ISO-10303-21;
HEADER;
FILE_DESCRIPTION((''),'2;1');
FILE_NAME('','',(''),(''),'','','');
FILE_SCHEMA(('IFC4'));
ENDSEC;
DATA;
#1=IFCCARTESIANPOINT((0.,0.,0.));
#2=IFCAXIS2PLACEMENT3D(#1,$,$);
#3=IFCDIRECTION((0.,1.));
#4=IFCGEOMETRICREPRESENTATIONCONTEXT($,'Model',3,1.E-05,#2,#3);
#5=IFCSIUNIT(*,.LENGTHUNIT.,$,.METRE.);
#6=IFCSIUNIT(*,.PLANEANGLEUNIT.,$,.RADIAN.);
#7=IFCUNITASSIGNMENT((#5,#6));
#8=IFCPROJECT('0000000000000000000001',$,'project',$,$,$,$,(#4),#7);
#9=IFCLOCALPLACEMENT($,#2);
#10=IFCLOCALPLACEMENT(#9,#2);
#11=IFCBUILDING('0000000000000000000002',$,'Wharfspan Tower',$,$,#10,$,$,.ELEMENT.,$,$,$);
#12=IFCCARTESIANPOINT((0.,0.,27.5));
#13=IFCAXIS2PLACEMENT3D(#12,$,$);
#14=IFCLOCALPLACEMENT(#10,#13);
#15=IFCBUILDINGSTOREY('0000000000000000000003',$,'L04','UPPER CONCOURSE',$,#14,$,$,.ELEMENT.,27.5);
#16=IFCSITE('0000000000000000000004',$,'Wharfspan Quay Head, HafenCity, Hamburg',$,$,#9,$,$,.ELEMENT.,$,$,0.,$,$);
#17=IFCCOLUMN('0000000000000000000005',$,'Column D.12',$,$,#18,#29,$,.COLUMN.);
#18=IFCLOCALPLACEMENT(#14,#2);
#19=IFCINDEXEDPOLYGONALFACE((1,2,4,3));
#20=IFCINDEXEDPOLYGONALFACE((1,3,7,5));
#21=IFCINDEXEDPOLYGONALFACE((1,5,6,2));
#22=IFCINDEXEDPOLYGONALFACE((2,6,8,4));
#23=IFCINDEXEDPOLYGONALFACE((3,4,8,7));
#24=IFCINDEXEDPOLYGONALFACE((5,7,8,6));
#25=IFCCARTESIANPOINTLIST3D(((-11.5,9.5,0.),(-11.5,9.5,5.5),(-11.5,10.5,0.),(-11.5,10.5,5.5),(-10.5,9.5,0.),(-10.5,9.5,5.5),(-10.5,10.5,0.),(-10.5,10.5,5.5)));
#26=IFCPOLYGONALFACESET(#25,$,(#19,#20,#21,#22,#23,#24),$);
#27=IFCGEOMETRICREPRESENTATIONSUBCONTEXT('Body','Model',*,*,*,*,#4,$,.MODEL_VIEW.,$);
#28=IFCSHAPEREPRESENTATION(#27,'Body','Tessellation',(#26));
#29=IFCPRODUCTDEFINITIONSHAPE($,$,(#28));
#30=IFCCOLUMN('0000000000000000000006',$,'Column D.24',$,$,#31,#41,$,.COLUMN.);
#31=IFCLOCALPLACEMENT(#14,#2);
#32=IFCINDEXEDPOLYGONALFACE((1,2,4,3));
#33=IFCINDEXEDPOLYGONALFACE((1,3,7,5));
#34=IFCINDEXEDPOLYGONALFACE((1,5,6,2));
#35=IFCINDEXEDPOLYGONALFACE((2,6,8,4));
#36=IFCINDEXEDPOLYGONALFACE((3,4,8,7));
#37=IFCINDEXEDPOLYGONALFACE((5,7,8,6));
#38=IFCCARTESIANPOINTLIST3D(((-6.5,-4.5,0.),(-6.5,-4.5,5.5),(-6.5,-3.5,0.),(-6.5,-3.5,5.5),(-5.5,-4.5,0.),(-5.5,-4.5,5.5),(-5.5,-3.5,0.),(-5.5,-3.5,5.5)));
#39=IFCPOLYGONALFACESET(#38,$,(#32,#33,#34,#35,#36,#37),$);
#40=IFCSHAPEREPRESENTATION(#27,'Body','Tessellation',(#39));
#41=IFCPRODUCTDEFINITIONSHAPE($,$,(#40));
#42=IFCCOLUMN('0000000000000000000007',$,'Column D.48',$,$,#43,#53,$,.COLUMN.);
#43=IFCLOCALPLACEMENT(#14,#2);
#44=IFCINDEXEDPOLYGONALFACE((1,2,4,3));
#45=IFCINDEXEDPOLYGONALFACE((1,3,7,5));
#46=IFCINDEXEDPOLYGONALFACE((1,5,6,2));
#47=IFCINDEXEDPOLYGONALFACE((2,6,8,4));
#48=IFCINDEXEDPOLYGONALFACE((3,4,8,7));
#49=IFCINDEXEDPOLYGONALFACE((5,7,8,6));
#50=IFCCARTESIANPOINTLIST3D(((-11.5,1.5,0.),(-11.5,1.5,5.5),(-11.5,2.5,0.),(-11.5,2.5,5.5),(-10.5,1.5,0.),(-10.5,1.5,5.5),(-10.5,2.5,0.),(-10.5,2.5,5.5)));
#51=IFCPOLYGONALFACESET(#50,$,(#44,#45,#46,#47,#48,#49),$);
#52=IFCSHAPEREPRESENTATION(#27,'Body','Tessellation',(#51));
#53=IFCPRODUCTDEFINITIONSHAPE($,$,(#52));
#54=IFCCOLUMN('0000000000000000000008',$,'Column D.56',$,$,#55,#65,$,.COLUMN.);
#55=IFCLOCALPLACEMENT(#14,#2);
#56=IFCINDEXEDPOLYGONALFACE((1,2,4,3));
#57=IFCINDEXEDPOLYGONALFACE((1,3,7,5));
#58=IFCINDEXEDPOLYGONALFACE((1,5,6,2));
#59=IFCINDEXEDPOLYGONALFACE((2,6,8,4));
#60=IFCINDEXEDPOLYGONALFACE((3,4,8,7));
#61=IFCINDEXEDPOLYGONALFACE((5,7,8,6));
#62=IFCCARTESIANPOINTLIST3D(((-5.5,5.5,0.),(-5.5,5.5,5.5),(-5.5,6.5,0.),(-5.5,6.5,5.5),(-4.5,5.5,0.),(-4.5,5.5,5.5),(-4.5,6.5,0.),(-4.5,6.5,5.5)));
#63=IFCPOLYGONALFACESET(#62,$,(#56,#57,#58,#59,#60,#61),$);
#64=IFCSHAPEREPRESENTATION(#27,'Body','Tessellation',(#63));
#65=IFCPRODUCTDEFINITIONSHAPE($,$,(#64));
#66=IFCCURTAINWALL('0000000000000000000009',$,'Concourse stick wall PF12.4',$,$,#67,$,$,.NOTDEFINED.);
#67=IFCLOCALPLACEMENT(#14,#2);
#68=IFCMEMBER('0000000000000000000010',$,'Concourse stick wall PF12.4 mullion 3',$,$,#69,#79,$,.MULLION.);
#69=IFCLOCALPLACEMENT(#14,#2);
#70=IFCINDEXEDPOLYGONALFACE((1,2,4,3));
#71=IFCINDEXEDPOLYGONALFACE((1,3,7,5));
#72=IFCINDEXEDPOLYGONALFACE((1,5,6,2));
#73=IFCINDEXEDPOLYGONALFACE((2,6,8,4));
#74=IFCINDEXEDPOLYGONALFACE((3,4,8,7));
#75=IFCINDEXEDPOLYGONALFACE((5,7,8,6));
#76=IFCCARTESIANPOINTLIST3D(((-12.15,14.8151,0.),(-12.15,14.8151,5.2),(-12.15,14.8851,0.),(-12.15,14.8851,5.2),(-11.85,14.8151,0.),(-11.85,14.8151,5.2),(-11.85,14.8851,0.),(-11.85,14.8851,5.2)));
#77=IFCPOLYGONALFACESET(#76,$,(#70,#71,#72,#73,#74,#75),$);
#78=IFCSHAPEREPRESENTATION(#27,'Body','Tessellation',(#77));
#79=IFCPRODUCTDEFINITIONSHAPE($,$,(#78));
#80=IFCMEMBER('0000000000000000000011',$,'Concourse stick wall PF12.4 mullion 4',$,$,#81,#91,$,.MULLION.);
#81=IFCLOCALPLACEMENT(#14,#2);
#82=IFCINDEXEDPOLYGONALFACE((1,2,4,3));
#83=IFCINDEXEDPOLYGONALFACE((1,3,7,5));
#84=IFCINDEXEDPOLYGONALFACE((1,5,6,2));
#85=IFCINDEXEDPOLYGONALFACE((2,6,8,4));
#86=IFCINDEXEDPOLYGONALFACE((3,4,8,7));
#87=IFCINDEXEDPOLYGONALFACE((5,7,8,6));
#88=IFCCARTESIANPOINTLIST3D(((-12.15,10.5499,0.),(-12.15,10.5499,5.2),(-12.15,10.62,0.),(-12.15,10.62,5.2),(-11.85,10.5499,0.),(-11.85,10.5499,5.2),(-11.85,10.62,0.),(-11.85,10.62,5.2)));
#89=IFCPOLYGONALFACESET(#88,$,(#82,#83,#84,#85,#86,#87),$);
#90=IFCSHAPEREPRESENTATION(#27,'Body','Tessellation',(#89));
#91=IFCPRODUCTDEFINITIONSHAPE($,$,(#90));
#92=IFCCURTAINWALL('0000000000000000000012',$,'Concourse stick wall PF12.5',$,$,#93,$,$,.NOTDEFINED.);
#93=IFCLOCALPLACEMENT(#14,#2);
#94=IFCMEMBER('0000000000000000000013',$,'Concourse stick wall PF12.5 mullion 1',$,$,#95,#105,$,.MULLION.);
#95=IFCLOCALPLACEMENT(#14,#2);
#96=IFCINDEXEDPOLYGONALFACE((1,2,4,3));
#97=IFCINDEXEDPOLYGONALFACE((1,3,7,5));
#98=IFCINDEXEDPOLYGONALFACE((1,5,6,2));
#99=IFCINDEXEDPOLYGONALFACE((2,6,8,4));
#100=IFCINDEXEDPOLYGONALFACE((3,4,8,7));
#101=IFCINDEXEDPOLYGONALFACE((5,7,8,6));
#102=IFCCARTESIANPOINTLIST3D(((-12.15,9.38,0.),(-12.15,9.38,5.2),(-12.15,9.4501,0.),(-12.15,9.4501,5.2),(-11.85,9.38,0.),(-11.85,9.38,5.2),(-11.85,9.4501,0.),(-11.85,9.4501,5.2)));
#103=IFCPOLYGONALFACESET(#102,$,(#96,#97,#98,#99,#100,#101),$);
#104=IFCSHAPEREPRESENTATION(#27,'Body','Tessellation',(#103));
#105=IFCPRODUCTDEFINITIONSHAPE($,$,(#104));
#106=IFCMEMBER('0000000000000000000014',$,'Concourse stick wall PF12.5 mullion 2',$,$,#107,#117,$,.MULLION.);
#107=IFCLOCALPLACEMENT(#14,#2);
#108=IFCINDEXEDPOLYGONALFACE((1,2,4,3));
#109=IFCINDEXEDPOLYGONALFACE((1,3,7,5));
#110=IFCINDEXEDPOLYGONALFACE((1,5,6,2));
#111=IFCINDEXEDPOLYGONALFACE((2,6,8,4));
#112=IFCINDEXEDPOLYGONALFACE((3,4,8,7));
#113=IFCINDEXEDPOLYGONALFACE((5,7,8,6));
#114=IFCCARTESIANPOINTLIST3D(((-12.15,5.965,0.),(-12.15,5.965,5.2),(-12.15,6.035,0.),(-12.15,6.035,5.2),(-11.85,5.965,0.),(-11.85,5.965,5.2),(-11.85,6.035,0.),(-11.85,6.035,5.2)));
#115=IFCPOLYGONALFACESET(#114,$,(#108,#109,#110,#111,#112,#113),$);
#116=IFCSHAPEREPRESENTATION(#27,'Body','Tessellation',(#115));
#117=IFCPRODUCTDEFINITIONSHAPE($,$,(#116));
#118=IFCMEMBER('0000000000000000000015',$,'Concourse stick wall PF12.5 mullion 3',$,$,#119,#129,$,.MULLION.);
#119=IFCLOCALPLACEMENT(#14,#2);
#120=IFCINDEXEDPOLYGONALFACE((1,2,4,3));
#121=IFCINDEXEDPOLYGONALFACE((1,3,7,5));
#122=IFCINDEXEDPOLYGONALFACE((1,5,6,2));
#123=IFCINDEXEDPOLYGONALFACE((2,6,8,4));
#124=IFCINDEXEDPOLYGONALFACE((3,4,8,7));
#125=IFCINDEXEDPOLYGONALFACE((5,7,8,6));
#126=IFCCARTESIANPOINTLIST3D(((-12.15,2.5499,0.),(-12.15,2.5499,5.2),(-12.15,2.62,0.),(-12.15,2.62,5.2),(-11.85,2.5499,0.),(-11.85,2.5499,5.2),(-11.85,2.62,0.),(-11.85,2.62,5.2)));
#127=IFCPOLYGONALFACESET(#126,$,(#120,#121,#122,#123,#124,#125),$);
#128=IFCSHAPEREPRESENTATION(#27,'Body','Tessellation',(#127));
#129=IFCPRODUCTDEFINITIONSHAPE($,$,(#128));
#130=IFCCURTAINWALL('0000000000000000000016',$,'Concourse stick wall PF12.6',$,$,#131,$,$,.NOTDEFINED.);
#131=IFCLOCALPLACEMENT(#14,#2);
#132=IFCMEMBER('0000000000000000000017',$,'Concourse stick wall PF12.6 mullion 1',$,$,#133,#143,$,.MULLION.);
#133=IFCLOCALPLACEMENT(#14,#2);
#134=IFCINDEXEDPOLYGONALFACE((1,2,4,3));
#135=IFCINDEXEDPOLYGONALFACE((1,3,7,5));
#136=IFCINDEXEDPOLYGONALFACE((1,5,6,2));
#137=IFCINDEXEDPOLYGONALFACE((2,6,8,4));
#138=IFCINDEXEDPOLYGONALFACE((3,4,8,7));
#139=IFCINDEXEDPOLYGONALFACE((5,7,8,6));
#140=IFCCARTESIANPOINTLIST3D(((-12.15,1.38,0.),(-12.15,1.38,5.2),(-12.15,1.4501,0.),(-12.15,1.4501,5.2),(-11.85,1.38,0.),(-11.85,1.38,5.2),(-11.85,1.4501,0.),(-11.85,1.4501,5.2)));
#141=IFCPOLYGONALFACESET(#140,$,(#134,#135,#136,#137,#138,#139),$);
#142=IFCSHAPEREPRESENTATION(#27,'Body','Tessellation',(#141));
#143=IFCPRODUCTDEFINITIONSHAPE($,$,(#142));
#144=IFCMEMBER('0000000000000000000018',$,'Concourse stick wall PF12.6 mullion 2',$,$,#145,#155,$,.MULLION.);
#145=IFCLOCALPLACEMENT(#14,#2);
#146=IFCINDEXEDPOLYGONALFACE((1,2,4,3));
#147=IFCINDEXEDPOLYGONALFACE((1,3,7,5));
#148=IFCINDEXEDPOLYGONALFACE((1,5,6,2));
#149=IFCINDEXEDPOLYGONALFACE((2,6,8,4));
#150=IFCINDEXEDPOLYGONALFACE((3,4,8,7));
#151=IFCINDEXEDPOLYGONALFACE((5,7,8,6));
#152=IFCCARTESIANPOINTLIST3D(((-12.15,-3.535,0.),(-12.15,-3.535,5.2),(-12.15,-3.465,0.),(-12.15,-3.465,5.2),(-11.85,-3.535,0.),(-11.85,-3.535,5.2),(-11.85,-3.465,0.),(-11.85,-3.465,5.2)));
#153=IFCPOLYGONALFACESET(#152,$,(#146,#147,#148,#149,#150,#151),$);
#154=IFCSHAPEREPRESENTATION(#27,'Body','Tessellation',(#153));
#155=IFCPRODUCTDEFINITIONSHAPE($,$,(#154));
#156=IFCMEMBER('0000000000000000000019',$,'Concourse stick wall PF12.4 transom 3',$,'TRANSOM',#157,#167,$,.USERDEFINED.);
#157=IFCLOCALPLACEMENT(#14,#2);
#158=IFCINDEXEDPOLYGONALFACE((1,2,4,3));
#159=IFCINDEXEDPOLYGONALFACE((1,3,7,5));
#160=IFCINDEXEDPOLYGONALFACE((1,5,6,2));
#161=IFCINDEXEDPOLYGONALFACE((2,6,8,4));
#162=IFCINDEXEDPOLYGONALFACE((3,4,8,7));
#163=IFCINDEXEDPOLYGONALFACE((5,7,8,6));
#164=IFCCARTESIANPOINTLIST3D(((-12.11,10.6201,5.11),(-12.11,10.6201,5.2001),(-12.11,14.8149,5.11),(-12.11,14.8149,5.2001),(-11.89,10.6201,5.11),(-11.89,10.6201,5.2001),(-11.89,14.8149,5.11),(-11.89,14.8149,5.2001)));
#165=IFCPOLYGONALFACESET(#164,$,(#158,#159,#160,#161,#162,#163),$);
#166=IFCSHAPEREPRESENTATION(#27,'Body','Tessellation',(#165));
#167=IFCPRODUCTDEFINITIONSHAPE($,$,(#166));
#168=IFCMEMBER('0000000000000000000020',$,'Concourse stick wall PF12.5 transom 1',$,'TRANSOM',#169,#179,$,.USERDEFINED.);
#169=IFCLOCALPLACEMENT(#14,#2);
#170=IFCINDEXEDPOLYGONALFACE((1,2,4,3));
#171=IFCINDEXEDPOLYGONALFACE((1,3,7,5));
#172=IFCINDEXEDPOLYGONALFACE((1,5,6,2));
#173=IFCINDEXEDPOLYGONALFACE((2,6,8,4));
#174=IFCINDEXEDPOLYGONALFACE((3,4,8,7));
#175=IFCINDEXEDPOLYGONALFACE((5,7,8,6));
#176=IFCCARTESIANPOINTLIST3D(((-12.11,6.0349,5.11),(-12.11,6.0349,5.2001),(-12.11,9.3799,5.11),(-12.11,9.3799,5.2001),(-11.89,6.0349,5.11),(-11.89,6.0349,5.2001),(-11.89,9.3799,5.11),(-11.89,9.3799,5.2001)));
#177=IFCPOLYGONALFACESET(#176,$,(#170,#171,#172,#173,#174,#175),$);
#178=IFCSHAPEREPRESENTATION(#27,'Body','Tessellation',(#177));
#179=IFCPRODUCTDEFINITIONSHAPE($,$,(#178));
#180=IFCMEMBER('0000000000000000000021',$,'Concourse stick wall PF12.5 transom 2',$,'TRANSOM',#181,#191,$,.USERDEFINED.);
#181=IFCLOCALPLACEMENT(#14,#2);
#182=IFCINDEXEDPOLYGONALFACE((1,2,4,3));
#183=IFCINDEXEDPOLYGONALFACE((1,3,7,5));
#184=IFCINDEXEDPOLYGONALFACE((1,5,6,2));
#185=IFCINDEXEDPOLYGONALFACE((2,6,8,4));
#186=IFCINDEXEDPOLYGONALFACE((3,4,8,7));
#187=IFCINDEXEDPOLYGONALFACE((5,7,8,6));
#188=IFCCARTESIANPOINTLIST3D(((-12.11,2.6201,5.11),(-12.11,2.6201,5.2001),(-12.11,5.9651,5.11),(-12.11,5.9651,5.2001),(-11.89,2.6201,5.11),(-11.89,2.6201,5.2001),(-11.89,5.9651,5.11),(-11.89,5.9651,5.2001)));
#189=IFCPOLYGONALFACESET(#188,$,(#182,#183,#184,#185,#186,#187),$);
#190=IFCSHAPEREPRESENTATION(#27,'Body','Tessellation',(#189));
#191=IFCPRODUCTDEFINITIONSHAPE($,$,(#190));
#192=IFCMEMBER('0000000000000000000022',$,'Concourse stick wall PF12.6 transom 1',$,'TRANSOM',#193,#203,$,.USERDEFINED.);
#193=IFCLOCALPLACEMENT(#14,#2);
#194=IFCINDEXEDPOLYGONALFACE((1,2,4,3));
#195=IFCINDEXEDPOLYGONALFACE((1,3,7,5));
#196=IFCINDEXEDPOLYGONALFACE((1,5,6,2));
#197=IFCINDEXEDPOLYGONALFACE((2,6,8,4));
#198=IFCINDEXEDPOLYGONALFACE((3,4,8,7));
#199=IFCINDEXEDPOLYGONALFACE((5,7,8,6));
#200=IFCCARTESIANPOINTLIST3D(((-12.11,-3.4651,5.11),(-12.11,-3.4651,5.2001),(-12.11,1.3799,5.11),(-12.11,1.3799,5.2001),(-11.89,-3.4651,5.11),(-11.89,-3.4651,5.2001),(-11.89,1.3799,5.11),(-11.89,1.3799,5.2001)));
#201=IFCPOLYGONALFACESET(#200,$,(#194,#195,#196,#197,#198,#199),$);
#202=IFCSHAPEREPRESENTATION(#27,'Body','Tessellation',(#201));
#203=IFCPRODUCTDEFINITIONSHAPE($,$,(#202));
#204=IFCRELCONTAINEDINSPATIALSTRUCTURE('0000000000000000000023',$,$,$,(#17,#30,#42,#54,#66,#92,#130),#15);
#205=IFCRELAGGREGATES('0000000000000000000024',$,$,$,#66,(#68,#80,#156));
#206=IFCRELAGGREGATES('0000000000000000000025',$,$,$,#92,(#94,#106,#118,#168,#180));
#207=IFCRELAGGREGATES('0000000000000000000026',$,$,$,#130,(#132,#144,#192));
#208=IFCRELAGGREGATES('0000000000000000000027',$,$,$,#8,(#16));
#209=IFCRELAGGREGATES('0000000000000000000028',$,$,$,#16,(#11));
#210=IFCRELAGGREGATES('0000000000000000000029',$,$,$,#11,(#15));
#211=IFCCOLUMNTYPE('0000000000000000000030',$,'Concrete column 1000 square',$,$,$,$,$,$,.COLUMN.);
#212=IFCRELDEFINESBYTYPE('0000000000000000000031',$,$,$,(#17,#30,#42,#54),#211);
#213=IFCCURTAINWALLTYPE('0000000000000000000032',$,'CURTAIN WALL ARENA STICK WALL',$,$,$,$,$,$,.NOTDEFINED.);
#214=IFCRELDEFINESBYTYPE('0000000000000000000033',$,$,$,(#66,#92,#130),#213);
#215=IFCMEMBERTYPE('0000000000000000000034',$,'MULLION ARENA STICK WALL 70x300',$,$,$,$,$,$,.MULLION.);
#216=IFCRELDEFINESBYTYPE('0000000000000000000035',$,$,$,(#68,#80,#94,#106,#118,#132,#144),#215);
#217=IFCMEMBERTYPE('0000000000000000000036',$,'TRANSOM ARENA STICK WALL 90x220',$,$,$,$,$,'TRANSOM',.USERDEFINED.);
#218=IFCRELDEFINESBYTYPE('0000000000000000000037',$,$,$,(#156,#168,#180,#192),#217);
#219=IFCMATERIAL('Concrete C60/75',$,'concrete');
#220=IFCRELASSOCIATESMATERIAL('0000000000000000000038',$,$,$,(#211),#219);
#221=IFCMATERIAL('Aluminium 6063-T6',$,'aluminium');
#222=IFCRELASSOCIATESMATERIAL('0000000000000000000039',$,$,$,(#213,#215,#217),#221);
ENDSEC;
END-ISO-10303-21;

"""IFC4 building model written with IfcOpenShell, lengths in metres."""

from ifc_helpers import new_model, si_unit, direction, frame, origin, origin_2d, place, context, subcontext, project, spatial, rectangle, extrude, material, material_profile, profile_set, type_object, element, aggregate, save


model = new_model("IFC4")

# Units and contexts
model_context = context("Model", 3, precision=1e-05, world=origin(), true_north=direction((0.0, 1.0)))
body_context = subcontext(model_context, "Body", "Model", "MODEL_VIEW")
ifc_project = project(units=[si_unit("LENGTHUNIT", "METRE"), si_unit("PLANEANGLEUNIT", "RADIAN")], contexts=[model_context])

# Site, building, storey
site_placement = place(None, origin())
site = spatial("IfcSite", under=ifc_project, at=site_placement, Name="Wharfspan Quay Head, HafenCity, Hamburg", CompositionType="ELEMENT", RefElevation=0.0)
building_placement = place(site_placement, origin())
building = spatial("IfcBuilding", under=site, at=building_placement, Name="Wharfspan Tower", CompositionType="ELEMENT")
storey_placement = place(building_placement, frame((0.0, 0.0, 27.5)))
storey = spatial("IfcBuildingStorey", under=building, at=storey_placement, Name="L04", Description="UPPER CONCOURSE", CompositionType="ELEMENT", Elevation=27.5)

# Columns
ifc_material_1 = material(Name="Concrete C60/75", Category="concrete")
ifc_material_profile_1 = material_profile(ifc_material_1, rectangle(XDim=1.0, YDim=1.0, at=origin_2d()))
ifc_profile_set_1 = profile_set([ifc_material_profile_1], Name="Concrete C60/75")
column_type = type_object("IfcColumnType", Name="Concrete column 1000 square", PredefinedType="COLUMN", material=ifc_profile_set_1)
for number, where, z_axis, x_axis, name in (
    (1, (-11.0, 10.0, 0.0), (0.0, 0.0, 1.0), (1.0, 0.0, 0.0), "Column D.12"),
    (2, (-6.0, -4.0, 0.0), (0.0, 0.0, 1.0), (1.0, 0.0, 0.0), "Column D.24"),
    (3, (-11.0, 2.0, 0.0), (0.0, 0.0, 1.0), (1.0, 0.0, 0.0), "Column D.48"),
    (4, (-5.0, 6.0, 0.0), (0.0, 0.0, 1.0), (1.0, 0.0, 0.0), "Column D.56"),
):
    element("IfcColumn", number, at=place(storey_placement, frame(where, z_axis=z_axis, x_axis=x_axis)), inside=storey, type_object=column_type, Name=name, PredefinedType="COLUMN", context=body_context, shape_type="SweptSolid", body=[
        extrude(rectangle(XDim=1.0, YDim=1.0, at=origin_2d()), origin(), (0.0, 0.0, 1.0), 5.5),
    ])

# Curtain walls, members
ifc_material_2 = material(Name="Aluminium 6063-T6", Category="aluminium")
curtain_wall_type = type_object("IfcCurtainWallType", Name="CURTAIN WALL ARENA STICK WALL", PredefinedType="NOTDEFINED", material=ifc_material_2)
curtain_wall_1_placement = place(storey_placement, origin())
curtain_wall_1 = element("IfcCurtainWall", 5, at=curtain_wall_1_placement, inside=storey, type_object=curtain_wall_type, Name="Concourse stick wall PF12.4", PredefinedType="NOTDEFINED")
ifc_material_profile_2 = material_profile(ifc_material_2, rectangle(XDim=0.3, YDim=0.0701, at=origin_2d()))
ifc_profile_set_2 = profile_set([ifc_material_profile_2], Name="Aluminium 6063-T6")
member_type_1 = type_object("IfcMemberType", Name="MULLION ARENA STICK WALL 70x300", PredefinedType="MULLION", material=ifc_profile_set_2)
member_1_placement = place(storey_placement, frame((-12.0, 14.8501, 0.0), z_axis=(0.0, 0.0, 1.0), x_axis=(1.0, 0.0, 0.0)))
member_1 = element("IfcMember", 6, at=member_1_placement, type_object=member_type_1, Name="Concourse stick wall PF12.4 mullion 3", PredefinedType="MULLION", context=body_context, shape_type="SweptSolid", body=[
    extrude(rectangle(XDim=0.3, YDim=0.0701, at=origin_2d()), origin(), (0.0, 0.0, 1.0), 5.2),
])
member_2_placement = place(storey_placement, frame((-12.0, 10.585, 0.0), z_axis=(0.0, 0.0, 1.0), x_axis=(1.0, 0.0, 0.0)))
member_2 = element("IfcMember", 7, at=member_2_placement, type_object=member_type_1, Name="Concourse stick wall PF12.4 mullion 4", PredefinedType="MULLION", context=body_context, shape_type="SweptSolid", body=[
    extrude(rectangle(XDim=0.3, YDim=0.0701, at=origin_2d()), origin(), (0.0, 0.0, 1.0), 5.2),
])
curtain_wall_2_placement = place(storey_placement, origin())
curtain_wall_2 = element("IfcCurtainWall", 8, at=curtain_wall_2_placement, inside=storey, type_object=curtain_wall_type, Name="Concourse stick wall PF12.5", PredefinedType="NOTDEFINED")
member_3_placement = place(storey_placement, frame((-12.0, 9.415, 0.0), z_axis=(0.0, 0.0, 1.0), x_axis=(1.0, 0.0, 0.0)))
member_3 = element("IfcMember", 9, at=member_3_placement, type_object=member_type_1, Name="Concourse stick wall PF12.5 mullion 1", PredefinedType="MULLION", context=body_context, shape_type="SweptSolid", body=[
    extrude(rectangle(XDim=0.3, YDim=0.0701, at=origin_2d()), origin(), (0.0, 0.0, 1.0), 5.2),
])
member_4_placement = place(storey_placement, frame((-12.0, 6.0, 0.0), z_axis=(0.0, 0.0, 1.0), x_axis=(1.0, 0.0, 0.0)))
member_4 = element("IfcMember", 10, at=member_4_placement, type_object=member_type_1, Name="Concourse stick wall PF12.5 mullion 2", PredefinedType="MULLION", context=body_context, shape_type="SweptSolid", body=[
    extrude(rectangle(XDim=0.3, YDim=0.0701, at=origin_2d()), origin(), (0.0, 0.0, 1.0), 5.2),
])
member_5_placement = place(storey_placement, frame((-12.0, 2.585, 0.0), z_axis=(0.0, 0.0, 1.0), x_axis=(1.0, 0.0, 0.0)))
member_5 = element("IfcMember", 11, at=member_5_placement, type_object=member_type_1, Name="Concourse stick wall PF12.5 mullion 3", PredefinedType="MULLION", context=body_context, shape_type="SweptSolid", body=[
    extrude(rectangle(XDim=0.3, YDim=0.0701, at=origin_2d()), origin(), (0.0, 0.0, 1.0), 5.2),
])
curtain_wall_3_placement = place(storey_placement, origin())
curtain_wall_3 = element("IfcCurtainWall", 12, at=curtain_wall_3_placement, inside=storey, type_object=curtain_wall_type, Name="Concourse stick wall PF12.6", PredefinedType="NOTDEFINED")
member_6_placement = place(storey_placement, frame((-12.0, 1.415, 0.0), z_axis=(0.0, 0.0, 1.0), x_axis=(1.0, 0.0, 0.0)))
member_6 = element("IfcMember", 13, at=member_6_placement, type_object=member_type_1, Name="Concourse stick wall PF12.6 mullion 1", PredefinedType="MULLION", context=body_context, shape_type="SweptSolid", body=[
    extrude(rectangle(XDim=0.3, YDim=0.0701, at=origin_2d()), origin(), (0.0, 0.0, 1.0), 5.2),
])
member_7_placement = place(storey_placement, frame((-12.0, -3.5, 0.0), z_axis=(0.0, 0.0, 1.0), x_axis=(1.0, 0.0, 0.0)))
member_7 = element("IfcMember", 14, at=member_7_placement, type_object=member_type_1, Name="Concourse stick wall PF12.6 mullion 2", PredefinedType="MULLION", context=body_context, shape_type="SweptSolid", body=[
    extrude(rectangle(XDim=0.3, YDim=0.0701, at=origin_2d()), origin(), (0.0, 0.0, 1.0), 5.2),
])

# Members
ifc_material_profile_3 = material_profile(ifc_material_2, rectangle(XDim=0.22, YDim=0.0901, at=origin_2d()))
ifc_profile_set_3 = profile_set([ifc_material_profile_3], Name="Aluminium 6063-T6")
member_type_2 = type_object("IfcMemberType", Name="TRANSOM ARENA STICK WALL 90x220", ElementType="TRANSOM", PredefinedType="USERDEFINED", material=ifc_profile_set_3)
member_8_placement = place(storey_placement, frame((-12.0, 14.8149, 5.155), z_axis=(0.0, -1.0, 0.0), x_axis=(1.0, 0.0, 0.0)))
member_8 = element("IfcMember", 15, at=member_8_placement, type_object=member_type_2, Name="Concourse stick wall PF12.4 transom 3", ObjectType="TRANSOM", PredefinedType="USERDEFINED", context=body_context, shape_type="SweptSolid", body=[
    extrude(rectangle(XDim=0.22, YDim=0.0901, at=origin_2d()), origin(), (0.0, 0.0, 1.0), 4.1948),
])
member_9_placement = place(storey_placement, frame((-12.0, 9.3799, 5.155), z_axis=(0.0, -1.0, 0.0), x_axis=(1.0, 0.0, 0.0)))
member_9 = element("IfcMember", 16, at=member_9_placement, type_object=member_type_2, Name="Concourse stick wall PF12.5 transom 1", ObjectType="TRANSOM", PredefinedType="USERDEFINED", context=body_context, shape_type="SweptSolid", body=[
    extrude(rectangle(XDim=0.22, YDim=0.0901, at=origin_2d()), origin(), (0.0, 0.0, 1.0), 3.345),
])
member_10_placement = place(storey_placement, frame((-12.0, 5.9651, 5.155), z_axis=(0.0, -1.0, 0.0), x_axis=(1.0, 0.0, 0.0)))
member_10 = element("IfcMember", 17, at=member_10_placement, type_object=member_type_2, Name="Concourse stick wall PF12.5 transom 2", ObjectType="TRANSOM", PredefinedType="USERDEFINED", context=body_context, shape_type="SweptSolid", body=[
    extrude(rectangle(XDim=0.22, YDim=0.0901, at=origin_2d()), origin(), (0.0, 0.0, 1.0), 3.345),
])
member_11_placement = place(storey_placement, frame((-12.0, 1.3799, 5.155), z_axis=(0.0, -1.0, 0.0), x_axis=(1.0, 0.0, 0.0)))
member_11 = element("IfcMember", 18, at=member_11_placement, type_object=member_type_2, Name="Concourse stick wall PF12.6 transom 1", ObjectType="TRANSOM", PredefinedType="USERDEFINED", context=body_context, shape_type="SweptSolid", body=[
    extrude(rectangle(XDim=0.22, YDim=0.0901, at=origin_2d()), origin(), (0.0, 0.0, 1.0), 4.845),
])

aggregate(curtain_wall_1, [member_1, member_2, member_8])
aggregate(curtain_wall_2, [member_3, member_4, member_5, member_9, member_10])
aggregate(curtain_wall_3, [member_6, member_7, member_11])

save(model, "model.ifc")
